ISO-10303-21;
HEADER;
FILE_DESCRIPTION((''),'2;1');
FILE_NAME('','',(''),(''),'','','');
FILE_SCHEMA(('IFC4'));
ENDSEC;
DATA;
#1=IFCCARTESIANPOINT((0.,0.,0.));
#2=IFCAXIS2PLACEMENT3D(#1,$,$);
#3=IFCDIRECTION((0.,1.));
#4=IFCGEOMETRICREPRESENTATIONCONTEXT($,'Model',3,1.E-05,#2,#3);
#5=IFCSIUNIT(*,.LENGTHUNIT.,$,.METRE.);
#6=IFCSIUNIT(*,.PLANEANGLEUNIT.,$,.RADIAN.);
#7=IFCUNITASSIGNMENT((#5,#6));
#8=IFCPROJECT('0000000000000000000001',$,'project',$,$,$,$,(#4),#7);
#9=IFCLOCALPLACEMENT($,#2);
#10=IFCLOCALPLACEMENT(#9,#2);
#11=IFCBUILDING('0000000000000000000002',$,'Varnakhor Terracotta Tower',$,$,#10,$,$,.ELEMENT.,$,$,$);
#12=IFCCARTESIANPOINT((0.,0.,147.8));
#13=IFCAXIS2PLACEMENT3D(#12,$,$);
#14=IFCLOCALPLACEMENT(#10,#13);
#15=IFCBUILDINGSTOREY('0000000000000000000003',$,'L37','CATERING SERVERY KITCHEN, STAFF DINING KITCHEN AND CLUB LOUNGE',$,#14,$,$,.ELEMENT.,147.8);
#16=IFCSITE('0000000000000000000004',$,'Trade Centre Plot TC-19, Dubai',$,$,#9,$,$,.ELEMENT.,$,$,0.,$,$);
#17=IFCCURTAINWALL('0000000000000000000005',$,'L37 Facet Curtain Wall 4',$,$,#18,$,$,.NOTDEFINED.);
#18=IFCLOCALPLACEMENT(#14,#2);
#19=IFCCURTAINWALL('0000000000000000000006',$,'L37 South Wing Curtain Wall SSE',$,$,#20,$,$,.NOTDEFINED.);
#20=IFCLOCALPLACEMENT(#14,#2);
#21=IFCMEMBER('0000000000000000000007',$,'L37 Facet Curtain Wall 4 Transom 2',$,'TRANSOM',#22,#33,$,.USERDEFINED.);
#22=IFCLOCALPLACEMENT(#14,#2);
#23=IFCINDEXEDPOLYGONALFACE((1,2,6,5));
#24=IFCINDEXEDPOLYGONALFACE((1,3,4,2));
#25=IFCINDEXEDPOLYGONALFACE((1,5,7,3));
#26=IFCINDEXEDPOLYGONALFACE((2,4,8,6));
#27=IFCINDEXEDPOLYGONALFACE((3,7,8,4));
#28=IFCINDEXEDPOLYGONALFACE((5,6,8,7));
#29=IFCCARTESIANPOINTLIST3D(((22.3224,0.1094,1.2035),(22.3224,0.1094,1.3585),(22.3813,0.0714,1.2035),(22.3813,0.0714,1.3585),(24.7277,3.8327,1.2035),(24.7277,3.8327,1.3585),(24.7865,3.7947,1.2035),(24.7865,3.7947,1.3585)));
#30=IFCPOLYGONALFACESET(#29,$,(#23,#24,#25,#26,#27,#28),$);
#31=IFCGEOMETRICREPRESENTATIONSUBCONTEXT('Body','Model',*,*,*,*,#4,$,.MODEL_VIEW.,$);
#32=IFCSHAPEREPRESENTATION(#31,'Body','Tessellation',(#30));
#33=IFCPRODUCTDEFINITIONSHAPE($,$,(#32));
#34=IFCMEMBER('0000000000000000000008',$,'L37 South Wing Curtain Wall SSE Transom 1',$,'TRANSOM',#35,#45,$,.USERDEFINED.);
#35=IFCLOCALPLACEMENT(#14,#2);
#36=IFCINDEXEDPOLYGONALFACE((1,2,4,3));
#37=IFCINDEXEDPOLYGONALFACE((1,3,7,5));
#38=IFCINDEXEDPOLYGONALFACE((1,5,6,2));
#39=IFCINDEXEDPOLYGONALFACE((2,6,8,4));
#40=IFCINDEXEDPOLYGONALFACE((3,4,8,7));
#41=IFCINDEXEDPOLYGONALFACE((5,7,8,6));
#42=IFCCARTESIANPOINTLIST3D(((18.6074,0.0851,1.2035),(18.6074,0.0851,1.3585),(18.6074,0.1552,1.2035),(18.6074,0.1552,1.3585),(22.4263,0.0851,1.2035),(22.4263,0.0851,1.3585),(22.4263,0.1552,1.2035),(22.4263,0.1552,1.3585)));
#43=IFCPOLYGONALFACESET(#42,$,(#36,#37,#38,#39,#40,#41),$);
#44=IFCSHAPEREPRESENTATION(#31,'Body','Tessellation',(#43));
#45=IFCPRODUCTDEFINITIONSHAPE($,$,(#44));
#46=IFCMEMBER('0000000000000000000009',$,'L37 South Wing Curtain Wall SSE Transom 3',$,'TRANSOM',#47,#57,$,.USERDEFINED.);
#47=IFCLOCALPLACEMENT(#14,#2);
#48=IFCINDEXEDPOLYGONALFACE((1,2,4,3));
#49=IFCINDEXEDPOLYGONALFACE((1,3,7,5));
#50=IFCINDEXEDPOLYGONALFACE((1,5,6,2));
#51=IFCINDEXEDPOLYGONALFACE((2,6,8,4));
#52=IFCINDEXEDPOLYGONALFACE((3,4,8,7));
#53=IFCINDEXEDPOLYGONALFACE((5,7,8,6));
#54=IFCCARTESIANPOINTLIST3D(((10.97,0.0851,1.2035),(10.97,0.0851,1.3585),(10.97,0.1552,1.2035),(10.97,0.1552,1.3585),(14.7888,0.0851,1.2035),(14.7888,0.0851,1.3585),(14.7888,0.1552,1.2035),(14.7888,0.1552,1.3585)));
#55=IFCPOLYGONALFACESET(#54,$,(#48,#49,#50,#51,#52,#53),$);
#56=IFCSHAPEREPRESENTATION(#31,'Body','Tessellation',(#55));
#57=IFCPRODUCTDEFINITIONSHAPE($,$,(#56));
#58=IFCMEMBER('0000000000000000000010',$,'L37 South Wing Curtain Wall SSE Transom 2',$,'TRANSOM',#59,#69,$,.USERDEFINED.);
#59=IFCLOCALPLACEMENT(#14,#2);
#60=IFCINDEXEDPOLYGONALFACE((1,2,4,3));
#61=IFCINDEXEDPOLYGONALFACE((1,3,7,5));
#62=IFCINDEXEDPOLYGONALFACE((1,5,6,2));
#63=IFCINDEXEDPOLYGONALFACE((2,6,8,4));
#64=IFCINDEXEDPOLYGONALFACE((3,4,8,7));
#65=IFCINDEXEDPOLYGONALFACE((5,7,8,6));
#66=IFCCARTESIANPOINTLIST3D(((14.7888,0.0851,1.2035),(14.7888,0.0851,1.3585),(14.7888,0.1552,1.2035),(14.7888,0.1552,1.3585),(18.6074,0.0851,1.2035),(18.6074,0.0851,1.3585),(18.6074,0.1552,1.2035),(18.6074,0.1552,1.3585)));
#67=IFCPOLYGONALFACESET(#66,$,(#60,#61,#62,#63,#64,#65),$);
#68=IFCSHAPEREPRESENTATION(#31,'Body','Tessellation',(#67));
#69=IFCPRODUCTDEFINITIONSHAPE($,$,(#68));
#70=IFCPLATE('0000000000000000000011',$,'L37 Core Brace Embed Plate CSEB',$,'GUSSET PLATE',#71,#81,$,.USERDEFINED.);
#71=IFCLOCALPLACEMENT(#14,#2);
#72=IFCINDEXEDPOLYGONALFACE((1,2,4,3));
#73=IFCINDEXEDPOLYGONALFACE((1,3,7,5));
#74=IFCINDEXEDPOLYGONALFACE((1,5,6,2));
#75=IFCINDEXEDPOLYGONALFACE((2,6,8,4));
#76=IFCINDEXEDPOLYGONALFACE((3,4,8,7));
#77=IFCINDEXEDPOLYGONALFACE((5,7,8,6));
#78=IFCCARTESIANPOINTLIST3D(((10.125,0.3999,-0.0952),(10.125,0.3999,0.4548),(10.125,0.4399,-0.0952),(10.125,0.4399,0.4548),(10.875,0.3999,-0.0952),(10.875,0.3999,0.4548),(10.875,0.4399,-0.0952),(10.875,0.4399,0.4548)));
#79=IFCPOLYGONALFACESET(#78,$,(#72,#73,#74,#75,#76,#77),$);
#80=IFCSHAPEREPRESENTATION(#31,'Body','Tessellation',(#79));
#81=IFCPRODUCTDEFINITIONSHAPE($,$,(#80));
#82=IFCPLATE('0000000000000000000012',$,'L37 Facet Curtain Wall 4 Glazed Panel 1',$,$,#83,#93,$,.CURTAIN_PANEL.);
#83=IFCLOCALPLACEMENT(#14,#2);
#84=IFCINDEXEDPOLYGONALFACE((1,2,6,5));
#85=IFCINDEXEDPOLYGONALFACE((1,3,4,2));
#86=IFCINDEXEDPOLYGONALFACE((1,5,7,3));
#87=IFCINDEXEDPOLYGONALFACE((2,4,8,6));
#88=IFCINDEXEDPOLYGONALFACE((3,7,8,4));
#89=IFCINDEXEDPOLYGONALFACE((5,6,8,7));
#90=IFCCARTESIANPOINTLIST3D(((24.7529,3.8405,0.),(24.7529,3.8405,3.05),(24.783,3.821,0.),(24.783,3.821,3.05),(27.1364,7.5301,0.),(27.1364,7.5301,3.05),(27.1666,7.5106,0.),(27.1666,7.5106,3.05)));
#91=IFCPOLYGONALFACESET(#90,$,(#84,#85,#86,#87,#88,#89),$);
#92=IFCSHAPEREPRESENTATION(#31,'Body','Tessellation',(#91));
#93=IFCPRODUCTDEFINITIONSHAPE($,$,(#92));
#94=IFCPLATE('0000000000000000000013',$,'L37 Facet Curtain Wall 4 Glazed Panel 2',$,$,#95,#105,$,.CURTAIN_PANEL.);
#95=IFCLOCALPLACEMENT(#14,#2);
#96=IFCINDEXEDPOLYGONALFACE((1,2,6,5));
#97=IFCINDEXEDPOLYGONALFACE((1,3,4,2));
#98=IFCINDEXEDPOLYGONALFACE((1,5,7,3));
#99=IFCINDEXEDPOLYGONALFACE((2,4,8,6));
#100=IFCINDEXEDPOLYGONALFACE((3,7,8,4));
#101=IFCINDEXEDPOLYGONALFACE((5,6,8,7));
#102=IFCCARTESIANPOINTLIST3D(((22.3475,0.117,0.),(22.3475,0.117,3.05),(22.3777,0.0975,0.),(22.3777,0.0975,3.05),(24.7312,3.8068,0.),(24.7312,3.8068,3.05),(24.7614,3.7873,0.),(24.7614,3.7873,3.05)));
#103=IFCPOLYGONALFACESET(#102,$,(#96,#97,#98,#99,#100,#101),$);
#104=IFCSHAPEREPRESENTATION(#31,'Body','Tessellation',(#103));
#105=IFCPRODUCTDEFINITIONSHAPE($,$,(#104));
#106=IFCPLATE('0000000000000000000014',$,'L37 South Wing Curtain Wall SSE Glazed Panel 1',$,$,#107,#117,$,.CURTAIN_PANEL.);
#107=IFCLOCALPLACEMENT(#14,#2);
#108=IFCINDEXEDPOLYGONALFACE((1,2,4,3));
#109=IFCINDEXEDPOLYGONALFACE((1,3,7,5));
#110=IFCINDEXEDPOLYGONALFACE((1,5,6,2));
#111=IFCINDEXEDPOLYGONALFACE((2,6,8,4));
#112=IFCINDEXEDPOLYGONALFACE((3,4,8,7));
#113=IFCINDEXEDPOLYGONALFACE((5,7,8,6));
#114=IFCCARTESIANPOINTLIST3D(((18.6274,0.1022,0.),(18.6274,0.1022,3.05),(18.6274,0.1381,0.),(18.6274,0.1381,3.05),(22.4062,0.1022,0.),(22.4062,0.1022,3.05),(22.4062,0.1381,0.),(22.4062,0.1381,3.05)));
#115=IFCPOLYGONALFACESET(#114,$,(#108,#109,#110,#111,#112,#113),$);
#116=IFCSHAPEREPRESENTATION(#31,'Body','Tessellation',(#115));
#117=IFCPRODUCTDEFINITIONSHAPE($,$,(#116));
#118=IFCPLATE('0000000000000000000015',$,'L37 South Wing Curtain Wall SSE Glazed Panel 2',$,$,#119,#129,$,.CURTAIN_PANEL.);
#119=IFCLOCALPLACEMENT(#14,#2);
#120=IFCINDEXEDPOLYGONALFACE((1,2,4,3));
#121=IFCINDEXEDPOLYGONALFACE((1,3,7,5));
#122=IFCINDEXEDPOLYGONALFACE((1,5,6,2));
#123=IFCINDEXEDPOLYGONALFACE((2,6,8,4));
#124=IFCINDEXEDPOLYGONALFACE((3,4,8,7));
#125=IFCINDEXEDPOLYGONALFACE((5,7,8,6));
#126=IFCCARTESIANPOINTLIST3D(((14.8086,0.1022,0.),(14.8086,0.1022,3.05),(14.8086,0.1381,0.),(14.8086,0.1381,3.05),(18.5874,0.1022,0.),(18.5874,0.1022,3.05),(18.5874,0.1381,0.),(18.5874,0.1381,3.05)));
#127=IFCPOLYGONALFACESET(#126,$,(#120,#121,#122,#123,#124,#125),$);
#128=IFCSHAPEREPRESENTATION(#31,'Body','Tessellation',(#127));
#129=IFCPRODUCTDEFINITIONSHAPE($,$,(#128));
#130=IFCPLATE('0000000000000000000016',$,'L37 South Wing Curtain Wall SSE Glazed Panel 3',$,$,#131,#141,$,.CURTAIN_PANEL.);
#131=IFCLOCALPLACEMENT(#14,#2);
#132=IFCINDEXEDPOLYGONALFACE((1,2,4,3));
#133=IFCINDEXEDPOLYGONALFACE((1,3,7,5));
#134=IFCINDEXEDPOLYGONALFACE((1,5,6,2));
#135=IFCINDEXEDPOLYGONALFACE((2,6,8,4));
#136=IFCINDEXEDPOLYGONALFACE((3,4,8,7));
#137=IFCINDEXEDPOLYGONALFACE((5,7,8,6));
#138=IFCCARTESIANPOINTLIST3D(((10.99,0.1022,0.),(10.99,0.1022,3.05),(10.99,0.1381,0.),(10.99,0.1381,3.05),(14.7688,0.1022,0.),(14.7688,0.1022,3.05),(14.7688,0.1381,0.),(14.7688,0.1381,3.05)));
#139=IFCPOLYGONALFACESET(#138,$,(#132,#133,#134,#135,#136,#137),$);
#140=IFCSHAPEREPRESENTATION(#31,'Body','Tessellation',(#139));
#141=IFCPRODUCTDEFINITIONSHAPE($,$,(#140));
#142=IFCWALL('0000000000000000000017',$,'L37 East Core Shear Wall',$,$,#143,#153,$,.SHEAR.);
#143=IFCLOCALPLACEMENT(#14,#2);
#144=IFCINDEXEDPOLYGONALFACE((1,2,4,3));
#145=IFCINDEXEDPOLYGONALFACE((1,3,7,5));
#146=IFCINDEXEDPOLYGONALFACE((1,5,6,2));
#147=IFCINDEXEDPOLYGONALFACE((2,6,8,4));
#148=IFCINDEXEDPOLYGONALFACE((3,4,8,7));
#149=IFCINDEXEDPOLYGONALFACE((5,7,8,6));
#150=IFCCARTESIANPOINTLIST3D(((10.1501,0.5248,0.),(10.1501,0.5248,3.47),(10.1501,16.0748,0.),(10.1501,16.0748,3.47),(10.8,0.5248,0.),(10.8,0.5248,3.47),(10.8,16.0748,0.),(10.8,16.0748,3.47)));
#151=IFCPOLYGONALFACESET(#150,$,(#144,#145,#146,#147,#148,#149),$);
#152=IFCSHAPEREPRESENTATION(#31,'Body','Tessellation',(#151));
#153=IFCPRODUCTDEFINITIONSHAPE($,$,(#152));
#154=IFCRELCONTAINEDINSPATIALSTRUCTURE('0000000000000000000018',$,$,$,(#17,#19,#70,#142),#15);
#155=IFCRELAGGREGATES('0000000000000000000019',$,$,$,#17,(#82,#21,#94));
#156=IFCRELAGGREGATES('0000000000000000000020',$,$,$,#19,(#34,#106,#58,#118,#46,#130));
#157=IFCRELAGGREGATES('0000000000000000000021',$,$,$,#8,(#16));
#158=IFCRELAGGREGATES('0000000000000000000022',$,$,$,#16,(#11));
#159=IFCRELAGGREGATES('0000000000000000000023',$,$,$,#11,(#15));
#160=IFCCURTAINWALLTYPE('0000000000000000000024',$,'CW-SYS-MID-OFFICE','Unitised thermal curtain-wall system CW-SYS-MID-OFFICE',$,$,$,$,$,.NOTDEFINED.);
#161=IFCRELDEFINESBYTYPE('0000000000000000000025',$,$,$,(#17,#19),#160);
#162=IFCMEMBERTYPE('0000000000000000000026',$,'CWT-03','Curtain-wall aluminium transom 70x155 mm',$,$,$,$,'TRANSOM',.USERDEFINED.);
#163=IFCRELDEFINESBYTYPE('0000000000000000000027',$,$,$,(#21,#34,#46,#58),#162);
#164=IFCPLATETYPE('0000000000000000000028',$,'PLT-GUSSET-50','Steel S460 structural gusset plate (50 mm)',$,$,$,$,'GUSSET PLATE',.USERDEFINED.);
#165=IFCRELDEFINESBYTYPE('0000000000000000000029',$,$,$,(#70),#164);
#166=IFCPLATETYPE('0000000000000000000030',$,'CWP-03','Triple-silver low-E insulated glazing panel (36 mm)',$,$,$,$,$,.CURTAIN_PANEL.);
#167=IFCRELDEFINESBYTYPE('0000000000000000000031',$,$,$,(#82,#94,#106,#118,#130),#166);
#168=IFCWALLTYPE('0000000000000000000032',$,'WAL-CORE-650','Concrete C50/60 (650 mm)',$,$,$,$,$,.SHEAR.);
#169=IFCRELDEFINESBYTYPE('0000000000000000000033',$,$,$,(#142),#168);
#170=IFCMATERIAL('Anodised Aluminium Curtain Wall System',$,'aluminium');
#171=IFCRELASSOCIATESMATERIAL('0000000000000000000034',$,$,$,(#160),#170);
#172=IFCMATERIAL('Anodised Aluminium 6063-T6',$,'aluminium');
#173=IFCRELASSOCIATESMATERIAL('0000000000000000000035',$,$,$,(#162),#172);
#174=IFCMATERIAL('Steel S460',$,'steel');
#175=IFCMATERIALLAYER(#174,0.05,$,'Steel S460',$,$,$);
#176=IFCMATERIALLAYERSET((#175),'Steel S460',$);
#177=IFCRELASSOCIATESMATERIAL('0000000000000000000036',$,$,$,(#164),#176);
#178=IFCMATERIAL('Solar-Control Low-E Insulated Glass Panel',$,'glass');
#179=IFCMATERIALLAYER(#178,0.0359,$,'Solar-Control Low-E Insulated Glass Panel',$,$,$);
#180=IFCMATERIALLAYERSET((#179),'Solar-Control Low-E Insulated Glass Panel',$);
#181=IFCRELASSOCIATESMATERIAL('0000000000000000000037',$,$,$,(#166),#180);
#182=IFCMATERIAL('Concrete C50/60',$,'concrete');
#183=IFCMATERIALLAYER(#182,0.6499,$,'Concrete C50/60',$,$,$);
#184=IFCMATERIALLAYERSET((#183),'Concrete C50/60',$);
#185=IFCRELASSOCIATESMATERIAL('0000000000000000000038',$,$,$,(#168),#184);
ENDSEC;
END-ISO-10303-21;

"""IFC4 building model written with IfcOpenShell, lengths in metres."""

from ifc_helpers import new_model, si_unit, direction, frame, frame_2d, origin, origin_2d, place, context, subcontext, project, spatial, rectangle, extrude, source, transform, mapped, material, layer, layer_set, material_profile, profile_set, type_object, type_shapes, element, aggregate, save


model = new_model("IFC4")

# Units and contexts
model_context = context("Model", 3, precision=1e-05, world=origin(), true_north=direction((0.0, 1.0)))
body_context = subcontext(model_context, "Body", "Model", "MODEL_VIEW")
ifc_project = project(units=[si_unit("LENGTHUNIT", "METRE"), si_unit("PLANEANGLEUNIT", "RADIAN")], contexts=[model_context])

# Site, building, storey
site_placement = place(None, origin())
site = spatial("IfcSite", under=ifc_project, at=site_placement, Name="Trade Centre Plot TC-19, Dubai", CompositionType="ELEMENT", RefElevation=0.0)
building_placement = place(site_placement, origin())
building = spatial("IfcBuilding", under=site, at=building_placement, Name="Varnakhor Terracotta Tower", CompositionType="ELEMENT")
storey_placement = place(building_placement, frame((0.0, 0.0, 147.8)))
storey = spatial("IfcBuildingStorey", under=building, at=storey_placement, Name="L37", Description="CATERING SERVERY KITCHEN, STAFF DINING KITCHEN AND CLUB LOUNGE", CompositionType="ELEMENT", Elevation=147.8)

# Shared definitions
ifc_material_1 = material(Name="Concrete C50/60", Category="concrete")
ifc_material_2 = material(Name="Steel S460", Category="steel")

# Curtain walls
ifc_material_3 = material(Name="Anodised Aluminium Curtain Wall System", Category="aluminium")
curtain_wall_type = type_object("IfcCurtainWallType", Name="CW-SYS-MID-OFFICE", Description="Unitised thermal curtain-wall system CW-SYS-MID-OFFICE", PredefinedType="NOTDEFINED", material=ifc_material_3)
curtain_wall_1_placement = place(storey_placement, origin())
curtain_wall_1 = element("IfcCurtainWall", 1, at=curtain_wall_1_placement, inside=storey, type_object=curtain_wall_type, Name="L37 Facet Curtain Wall 4", PredefinedType="NOTDEFINED")
ifc_material_4 = material(Name="Anodised Aluminium 6063-T6", Category="aluminium")
curtain_wall_2_placement = place(storey_placement, origin())
curtain_wall_2 = element("IfcCurtainWall", 2, at=curtain_wall_2_placement, inside=storey, type_object=curtain_wall_type, Name="L37 South Wing Curtain Wall SSE", PredefinedType="NOTDEFINED")

# Members
ifc_material_profile_1 = material_profile(ifc_material_4, rectangle(XDim=0.0701, YDim=0.155, at=origin_2d()), Name="ALU TRANSOM 70x155")
ifc_profile_set_1 = profile_set([ifc_material_profile_1], Name="Anodised Aluminium 6063-T6")
member_type_1 = type_object("IfcMemberType", Name="CWT-03", Description="Curtain-wall aluminium transom 70x155 mm", ElementType="TRANSOM", PredefinedType="USERDEFINED", material=ifc_profile_set_1)
shared_shape_1 = source(origin(), body_context, "Body", "SweptSolid", [
    extrude(rectangle(XDim=0.0701, YDim=0.155, at=origin_2d()), origin(), (0.0, 0.0, 1.0), 4.4326),
])
member_1_placement = place(storey_placement, frame((24.7571, 3.8137, 1.281), z_axis=(-0.542619, -0.839979, 0.0), x_axis=(0.839979, -0.542619, 0.0)))
member_1 = element("IfcMember", 3, at=member_1_placement, type_object=member_type_1, Name="L37 Facet Curtain Wall 4 Transom 2", ObjectType="TRANSOM", PredefinedType="USERDEFINED", context=body_context, shape_type="MappedRepresentation", body=[
    mapped(shared_shape_1, transform((0.0, 0.0, 0.0), scale=1.0)),
])
shared_shape_2 = source(origin(), body_context, "Body", "SweptSolid", [
    extrude(rectangle(XDim=0.0701, YDim=0.155, at=origin_2d()), origin(), (0.0, 0.0, 1.0), 3.8188),
])
member_2_placement = place(storey_placement, frame((22.4263, 0.1201, 1.281), z_axis=(-1.0, 0.0, 0.0), x_axis=(0.0, -1.0, 0.0)))
member_2 = element("IfcMember", 4, at=member_2_placement, type_object=member_type_1, Name="L37 South Wing Curtain Wall SSE Transom 1", ObjectType="TRANSOM", PredefinedType="USERDEFINED", context=body_context, shape_type="MappedRepresentation", body=[
    mapped(shared_shape_2, transform((0.0, 0.0, 0.0), scale=1.0)),
])
member_3_placement = place(storey_placement, frame((14.7888, 0.1201, 1.281), z_axis=(-1.0, 0.0, 0.0), x_axis=(0.0, -1.0, 0.0)))
member_3 = element("IfcMember", 5, at=member_3_placement, type_object=member_type_1, Name="L37 South Wing Curtain Wall SSE Transom 3", ObjectType="TRANSOM", PredefinedType="USERDEFINED", context=body_context, shape_type="MappedRepresentation", body=[
    mapped(shared_shape_2, transform((0.0, 0.0, 0.0), scale=1.0)),
])
shared_shape_3 = source(origin(), body_context, "Body", "SweptSolid", [
    extrude(rectangle(XDim=0.0701, YDim=0.155, at=origin_2d()), origin(), (0.0, 0.0, 1.0), 3.8186),
])
member_4_placement = place(storey_placement, frame((18.6074, 0.1201, 1.281), z_axis=(-1.0, 0.0, 0.0), x_axis=(0.0, -1.0, 0.0)))
member_4 = element("IfcMember", 6, at=member_4_placement, type_object=member_type_1, Name="L37 South Wing Curtain Wall SSE Transom 2", ObjectType="TRANSOM", PredefinedType="USERDEFINED", context=body_context, shape_type="MappedRepresentation", body=[
    mapped(shared_shape_3, transform((0.0, 0.0, 0.0), scale=1.0)),
])

# Plates
ifc_layer_1 = layer(ifc_material_2, 0.05, Name="Steel S460")
ifc_layer_set_1 = layer_set([ifc_layer_1], Name="Steel S460")
plate_type_1 = type_object("IfcPlateType", Name="PLT-GUSSET-50", Description="Steel S460 structural gusset plate (50 mm)", ElementType="GUSSET PLATE", PredefinedType="USERDEFINED", material=ifc_layer_set_1)
shared_shape_4 = source(origin(), body_context, "Body", "SweptSolid", [
    extrude(rectangle(XDim=0.75, YDim=0.04, at=origin_2d()), origin(), (0.0, 0.0, 1.0), 0.55),
])
type_shapes(plate_type_1, [shared_shape_4])
plate_1_placement = place(storey_placement, frame((10.5, 0.4199, -0.0952), z_axis=(0.0, 0.0, 1.0), x_axis=(1.0, 0.0, 0.0)))
element("IfcPlate", 7, at=plate_1_placement, inside=storey, type_object=plate_type_1, Name="L37 Core Brace Embed Plate CSEB", ObjectType="GUSSET PLATE", PredefinedType="USERDEFINED", context=body_context, shape_type="MappedRepresentation", body=[
    mapped(shared_shape_4, transform((0.0, 0.0, 0.0), scale=1.0)),
])
ifc_material_5 = material(Name="Solar-Control Low-E Insulated Glass Panel", Category="glass")
ifc_layer_2 = layer(ifc_material_5, 0.0359, Name="Solar-Control Low-E Insulated Glass Panel")
ifc_layer_set_2 = layer_set([ifc_layer_2], Name="Solar-Control Low-E Insulated Glass Panel")
plate_type_2 = type_object("IfcPlateType", Name="CWP-03", Description="Triple-silver low-E insulated glazing panel (36 mm)", PredefinedType="CURTAIN_PANEL", material=ifc_layer_set_2)
shared_shape_5 = source(origin(), body_context, "Body", "SweptSolid", [
    extrude(rectangle(XDim=4.3926, YDim=0.0359, at=origin_2d()), origin(), (0.0, 0.0, 1.0), 3.05),
])
plate_2_placement = place(storey_placement, frame((25.9597, 5.6755, 0.0), z_axis=(0.0, 0.0, 1.0), x_axis=(-0.542632, -0.83997, 0.0)))
plate_2 = element("IfcPlate", 8, at=plate_2_placement, type_object=plate_type_2, Name="L37 Facet Curtain Wall 4 Glazed Panel 1", PredefinedType="CURTAIN_PANEL", context=body_context, shape_type="MappedRepresentation", body=[
    mapped(shared_shape_5, transform((0.0, 0.0, 0.0), scale=1.0)),
])
shared_shape_6 = source(origin(), body_context, "Body", "SweptSolid", [
    extrude(rectangle(XDim=4.3928, YDim=0.0359, at=origin_2d()), origin(), (0.0, 0.0, 1.0), 3.05),
])
plate_3_placement = place(storey_placement, frame((23.5544, 1.9521, 0.0), z_axis=(0.0, 0.0, 1.0), x_axis=(-0.542632, -0.83997, 0.0)))
plate_3 = element("IfcPlate", 9, at=plate_3_placement, type_object=plate_type_2, Name="L37 Facet Curtain Wall 4 Glazed Panel 2", PredefinedType="CURTAIN_PANEL", context=body_context, shape_type="MappedRepresentation", body=[
    mapped(shared_shape_6, transform((0.0, 0.0, 0.0), scale=1.0)),
])
aggregate(curtain_wall_1, [plate_2, member_1, plate_3])
shared_shape_7 = source(origin(), body_context, "Body", "SweptSolid", [
    extrude(rectangle(XDim=3.7788, YDim=0.0359, at=origin_2d()), origin(), (0.0, 0.0, 1.0), 3.05),
])
plate_4_placement = place(storey_placement, frame((20.5168, 0.1201, 0.0), z_axis=(0.0, 0.0, 1.0), x_axis=(-1.0, 0.0, 0.0)))
plate_4 = element("IfcPlate", 10, at=plate_4_placement, type_object=plate_type_2, Name="L37 South Wing Curtain Wall SSE Glazed Panel 1", PredefinedType="CURTAIN_PANEL", context=body_context, shape_type="MappedRepresentation", body=[
    mapped(shared_shape_7, transform((0.0, 0.0, 0.0), scale=1.0)),
])
plate_5_placement = place(storey_placement, frame((16.698, 0.1201, 0.0), z_axis=(0.0, 0.0, 1.0), x_axis=(-1.0, 0.0, 0.0)))
plate_5 = element("IfcPlate", 11, at=plate_5_placement, type_object=plate_type_2, Name="L37 South Wing Curtain Wall SSE Glazed Panel 2", PredefinedType="CURTAIN_PANEL", context=body_context, shape_type="MappedRepresentation", body=[
    mapped(shared_shape_7, transform((0.0, 0.0, 0.0), scale=1.0)),
])
plate_6_placement = place(storey_placement, frame((12.8794, 0.1201, 0.0), z_axis=(0.0, 0.0, 1.0), x_axis=(-1.0, 0.0, 0.0)))
plate_6 = element("IfcPlate", 12, at=plate_6_placement, type_object=plate_type_2, Name="L37 South Wing Curtain Wall SSE Glazed Panel 3", PredefinedType="CURTAIN_PANEL", context=body_context, shape_type="MappedRepresentation", body=[
    mapped(shared_shape_7, transform((0.0, 0.0, 0.0), scale=1.0)),
])
aggregate(curtain_wall_2, [member_2, plate_4, member_4, plate_5, member_3, plate_6])

# Wall
ifc_layer_3 = layer(ifc_material_1, 0.6499, Name="Concrete C50/60")
ifc_layer_set_3 = layer_set([ifc_layer_3], Name="Concrete C50/60")
wall_type = type_object("IfcWallType", Name="WAL-CORE-650", Description="Concrete C50/60 (650 mm)", PredefinedType="SHEAR", material=ifc_layer_set_3)
wall_placement = place(storey_placement, frame((10.4751, 0.5249, 0.0), z_axis=(0.0, 0.0, 1.0), x_axis=(0.0, 1.0, 0.0)))
element("IfcWall", 13, at=wall_placement, inside=storey, type_object=wall_type, Name="L37 East Core Shear Wall", PredefinedType="SHEAR", context=body_context, shape_type="SweptSolid", body=[
    extrude(rectangle(XDim=15.55, YDim=0.6499, at=frame_2d((7.7749, 0.0))), origin(), (0.0, 0.0, 1.0), 3.47),
])

save(model, "model.ifc")
